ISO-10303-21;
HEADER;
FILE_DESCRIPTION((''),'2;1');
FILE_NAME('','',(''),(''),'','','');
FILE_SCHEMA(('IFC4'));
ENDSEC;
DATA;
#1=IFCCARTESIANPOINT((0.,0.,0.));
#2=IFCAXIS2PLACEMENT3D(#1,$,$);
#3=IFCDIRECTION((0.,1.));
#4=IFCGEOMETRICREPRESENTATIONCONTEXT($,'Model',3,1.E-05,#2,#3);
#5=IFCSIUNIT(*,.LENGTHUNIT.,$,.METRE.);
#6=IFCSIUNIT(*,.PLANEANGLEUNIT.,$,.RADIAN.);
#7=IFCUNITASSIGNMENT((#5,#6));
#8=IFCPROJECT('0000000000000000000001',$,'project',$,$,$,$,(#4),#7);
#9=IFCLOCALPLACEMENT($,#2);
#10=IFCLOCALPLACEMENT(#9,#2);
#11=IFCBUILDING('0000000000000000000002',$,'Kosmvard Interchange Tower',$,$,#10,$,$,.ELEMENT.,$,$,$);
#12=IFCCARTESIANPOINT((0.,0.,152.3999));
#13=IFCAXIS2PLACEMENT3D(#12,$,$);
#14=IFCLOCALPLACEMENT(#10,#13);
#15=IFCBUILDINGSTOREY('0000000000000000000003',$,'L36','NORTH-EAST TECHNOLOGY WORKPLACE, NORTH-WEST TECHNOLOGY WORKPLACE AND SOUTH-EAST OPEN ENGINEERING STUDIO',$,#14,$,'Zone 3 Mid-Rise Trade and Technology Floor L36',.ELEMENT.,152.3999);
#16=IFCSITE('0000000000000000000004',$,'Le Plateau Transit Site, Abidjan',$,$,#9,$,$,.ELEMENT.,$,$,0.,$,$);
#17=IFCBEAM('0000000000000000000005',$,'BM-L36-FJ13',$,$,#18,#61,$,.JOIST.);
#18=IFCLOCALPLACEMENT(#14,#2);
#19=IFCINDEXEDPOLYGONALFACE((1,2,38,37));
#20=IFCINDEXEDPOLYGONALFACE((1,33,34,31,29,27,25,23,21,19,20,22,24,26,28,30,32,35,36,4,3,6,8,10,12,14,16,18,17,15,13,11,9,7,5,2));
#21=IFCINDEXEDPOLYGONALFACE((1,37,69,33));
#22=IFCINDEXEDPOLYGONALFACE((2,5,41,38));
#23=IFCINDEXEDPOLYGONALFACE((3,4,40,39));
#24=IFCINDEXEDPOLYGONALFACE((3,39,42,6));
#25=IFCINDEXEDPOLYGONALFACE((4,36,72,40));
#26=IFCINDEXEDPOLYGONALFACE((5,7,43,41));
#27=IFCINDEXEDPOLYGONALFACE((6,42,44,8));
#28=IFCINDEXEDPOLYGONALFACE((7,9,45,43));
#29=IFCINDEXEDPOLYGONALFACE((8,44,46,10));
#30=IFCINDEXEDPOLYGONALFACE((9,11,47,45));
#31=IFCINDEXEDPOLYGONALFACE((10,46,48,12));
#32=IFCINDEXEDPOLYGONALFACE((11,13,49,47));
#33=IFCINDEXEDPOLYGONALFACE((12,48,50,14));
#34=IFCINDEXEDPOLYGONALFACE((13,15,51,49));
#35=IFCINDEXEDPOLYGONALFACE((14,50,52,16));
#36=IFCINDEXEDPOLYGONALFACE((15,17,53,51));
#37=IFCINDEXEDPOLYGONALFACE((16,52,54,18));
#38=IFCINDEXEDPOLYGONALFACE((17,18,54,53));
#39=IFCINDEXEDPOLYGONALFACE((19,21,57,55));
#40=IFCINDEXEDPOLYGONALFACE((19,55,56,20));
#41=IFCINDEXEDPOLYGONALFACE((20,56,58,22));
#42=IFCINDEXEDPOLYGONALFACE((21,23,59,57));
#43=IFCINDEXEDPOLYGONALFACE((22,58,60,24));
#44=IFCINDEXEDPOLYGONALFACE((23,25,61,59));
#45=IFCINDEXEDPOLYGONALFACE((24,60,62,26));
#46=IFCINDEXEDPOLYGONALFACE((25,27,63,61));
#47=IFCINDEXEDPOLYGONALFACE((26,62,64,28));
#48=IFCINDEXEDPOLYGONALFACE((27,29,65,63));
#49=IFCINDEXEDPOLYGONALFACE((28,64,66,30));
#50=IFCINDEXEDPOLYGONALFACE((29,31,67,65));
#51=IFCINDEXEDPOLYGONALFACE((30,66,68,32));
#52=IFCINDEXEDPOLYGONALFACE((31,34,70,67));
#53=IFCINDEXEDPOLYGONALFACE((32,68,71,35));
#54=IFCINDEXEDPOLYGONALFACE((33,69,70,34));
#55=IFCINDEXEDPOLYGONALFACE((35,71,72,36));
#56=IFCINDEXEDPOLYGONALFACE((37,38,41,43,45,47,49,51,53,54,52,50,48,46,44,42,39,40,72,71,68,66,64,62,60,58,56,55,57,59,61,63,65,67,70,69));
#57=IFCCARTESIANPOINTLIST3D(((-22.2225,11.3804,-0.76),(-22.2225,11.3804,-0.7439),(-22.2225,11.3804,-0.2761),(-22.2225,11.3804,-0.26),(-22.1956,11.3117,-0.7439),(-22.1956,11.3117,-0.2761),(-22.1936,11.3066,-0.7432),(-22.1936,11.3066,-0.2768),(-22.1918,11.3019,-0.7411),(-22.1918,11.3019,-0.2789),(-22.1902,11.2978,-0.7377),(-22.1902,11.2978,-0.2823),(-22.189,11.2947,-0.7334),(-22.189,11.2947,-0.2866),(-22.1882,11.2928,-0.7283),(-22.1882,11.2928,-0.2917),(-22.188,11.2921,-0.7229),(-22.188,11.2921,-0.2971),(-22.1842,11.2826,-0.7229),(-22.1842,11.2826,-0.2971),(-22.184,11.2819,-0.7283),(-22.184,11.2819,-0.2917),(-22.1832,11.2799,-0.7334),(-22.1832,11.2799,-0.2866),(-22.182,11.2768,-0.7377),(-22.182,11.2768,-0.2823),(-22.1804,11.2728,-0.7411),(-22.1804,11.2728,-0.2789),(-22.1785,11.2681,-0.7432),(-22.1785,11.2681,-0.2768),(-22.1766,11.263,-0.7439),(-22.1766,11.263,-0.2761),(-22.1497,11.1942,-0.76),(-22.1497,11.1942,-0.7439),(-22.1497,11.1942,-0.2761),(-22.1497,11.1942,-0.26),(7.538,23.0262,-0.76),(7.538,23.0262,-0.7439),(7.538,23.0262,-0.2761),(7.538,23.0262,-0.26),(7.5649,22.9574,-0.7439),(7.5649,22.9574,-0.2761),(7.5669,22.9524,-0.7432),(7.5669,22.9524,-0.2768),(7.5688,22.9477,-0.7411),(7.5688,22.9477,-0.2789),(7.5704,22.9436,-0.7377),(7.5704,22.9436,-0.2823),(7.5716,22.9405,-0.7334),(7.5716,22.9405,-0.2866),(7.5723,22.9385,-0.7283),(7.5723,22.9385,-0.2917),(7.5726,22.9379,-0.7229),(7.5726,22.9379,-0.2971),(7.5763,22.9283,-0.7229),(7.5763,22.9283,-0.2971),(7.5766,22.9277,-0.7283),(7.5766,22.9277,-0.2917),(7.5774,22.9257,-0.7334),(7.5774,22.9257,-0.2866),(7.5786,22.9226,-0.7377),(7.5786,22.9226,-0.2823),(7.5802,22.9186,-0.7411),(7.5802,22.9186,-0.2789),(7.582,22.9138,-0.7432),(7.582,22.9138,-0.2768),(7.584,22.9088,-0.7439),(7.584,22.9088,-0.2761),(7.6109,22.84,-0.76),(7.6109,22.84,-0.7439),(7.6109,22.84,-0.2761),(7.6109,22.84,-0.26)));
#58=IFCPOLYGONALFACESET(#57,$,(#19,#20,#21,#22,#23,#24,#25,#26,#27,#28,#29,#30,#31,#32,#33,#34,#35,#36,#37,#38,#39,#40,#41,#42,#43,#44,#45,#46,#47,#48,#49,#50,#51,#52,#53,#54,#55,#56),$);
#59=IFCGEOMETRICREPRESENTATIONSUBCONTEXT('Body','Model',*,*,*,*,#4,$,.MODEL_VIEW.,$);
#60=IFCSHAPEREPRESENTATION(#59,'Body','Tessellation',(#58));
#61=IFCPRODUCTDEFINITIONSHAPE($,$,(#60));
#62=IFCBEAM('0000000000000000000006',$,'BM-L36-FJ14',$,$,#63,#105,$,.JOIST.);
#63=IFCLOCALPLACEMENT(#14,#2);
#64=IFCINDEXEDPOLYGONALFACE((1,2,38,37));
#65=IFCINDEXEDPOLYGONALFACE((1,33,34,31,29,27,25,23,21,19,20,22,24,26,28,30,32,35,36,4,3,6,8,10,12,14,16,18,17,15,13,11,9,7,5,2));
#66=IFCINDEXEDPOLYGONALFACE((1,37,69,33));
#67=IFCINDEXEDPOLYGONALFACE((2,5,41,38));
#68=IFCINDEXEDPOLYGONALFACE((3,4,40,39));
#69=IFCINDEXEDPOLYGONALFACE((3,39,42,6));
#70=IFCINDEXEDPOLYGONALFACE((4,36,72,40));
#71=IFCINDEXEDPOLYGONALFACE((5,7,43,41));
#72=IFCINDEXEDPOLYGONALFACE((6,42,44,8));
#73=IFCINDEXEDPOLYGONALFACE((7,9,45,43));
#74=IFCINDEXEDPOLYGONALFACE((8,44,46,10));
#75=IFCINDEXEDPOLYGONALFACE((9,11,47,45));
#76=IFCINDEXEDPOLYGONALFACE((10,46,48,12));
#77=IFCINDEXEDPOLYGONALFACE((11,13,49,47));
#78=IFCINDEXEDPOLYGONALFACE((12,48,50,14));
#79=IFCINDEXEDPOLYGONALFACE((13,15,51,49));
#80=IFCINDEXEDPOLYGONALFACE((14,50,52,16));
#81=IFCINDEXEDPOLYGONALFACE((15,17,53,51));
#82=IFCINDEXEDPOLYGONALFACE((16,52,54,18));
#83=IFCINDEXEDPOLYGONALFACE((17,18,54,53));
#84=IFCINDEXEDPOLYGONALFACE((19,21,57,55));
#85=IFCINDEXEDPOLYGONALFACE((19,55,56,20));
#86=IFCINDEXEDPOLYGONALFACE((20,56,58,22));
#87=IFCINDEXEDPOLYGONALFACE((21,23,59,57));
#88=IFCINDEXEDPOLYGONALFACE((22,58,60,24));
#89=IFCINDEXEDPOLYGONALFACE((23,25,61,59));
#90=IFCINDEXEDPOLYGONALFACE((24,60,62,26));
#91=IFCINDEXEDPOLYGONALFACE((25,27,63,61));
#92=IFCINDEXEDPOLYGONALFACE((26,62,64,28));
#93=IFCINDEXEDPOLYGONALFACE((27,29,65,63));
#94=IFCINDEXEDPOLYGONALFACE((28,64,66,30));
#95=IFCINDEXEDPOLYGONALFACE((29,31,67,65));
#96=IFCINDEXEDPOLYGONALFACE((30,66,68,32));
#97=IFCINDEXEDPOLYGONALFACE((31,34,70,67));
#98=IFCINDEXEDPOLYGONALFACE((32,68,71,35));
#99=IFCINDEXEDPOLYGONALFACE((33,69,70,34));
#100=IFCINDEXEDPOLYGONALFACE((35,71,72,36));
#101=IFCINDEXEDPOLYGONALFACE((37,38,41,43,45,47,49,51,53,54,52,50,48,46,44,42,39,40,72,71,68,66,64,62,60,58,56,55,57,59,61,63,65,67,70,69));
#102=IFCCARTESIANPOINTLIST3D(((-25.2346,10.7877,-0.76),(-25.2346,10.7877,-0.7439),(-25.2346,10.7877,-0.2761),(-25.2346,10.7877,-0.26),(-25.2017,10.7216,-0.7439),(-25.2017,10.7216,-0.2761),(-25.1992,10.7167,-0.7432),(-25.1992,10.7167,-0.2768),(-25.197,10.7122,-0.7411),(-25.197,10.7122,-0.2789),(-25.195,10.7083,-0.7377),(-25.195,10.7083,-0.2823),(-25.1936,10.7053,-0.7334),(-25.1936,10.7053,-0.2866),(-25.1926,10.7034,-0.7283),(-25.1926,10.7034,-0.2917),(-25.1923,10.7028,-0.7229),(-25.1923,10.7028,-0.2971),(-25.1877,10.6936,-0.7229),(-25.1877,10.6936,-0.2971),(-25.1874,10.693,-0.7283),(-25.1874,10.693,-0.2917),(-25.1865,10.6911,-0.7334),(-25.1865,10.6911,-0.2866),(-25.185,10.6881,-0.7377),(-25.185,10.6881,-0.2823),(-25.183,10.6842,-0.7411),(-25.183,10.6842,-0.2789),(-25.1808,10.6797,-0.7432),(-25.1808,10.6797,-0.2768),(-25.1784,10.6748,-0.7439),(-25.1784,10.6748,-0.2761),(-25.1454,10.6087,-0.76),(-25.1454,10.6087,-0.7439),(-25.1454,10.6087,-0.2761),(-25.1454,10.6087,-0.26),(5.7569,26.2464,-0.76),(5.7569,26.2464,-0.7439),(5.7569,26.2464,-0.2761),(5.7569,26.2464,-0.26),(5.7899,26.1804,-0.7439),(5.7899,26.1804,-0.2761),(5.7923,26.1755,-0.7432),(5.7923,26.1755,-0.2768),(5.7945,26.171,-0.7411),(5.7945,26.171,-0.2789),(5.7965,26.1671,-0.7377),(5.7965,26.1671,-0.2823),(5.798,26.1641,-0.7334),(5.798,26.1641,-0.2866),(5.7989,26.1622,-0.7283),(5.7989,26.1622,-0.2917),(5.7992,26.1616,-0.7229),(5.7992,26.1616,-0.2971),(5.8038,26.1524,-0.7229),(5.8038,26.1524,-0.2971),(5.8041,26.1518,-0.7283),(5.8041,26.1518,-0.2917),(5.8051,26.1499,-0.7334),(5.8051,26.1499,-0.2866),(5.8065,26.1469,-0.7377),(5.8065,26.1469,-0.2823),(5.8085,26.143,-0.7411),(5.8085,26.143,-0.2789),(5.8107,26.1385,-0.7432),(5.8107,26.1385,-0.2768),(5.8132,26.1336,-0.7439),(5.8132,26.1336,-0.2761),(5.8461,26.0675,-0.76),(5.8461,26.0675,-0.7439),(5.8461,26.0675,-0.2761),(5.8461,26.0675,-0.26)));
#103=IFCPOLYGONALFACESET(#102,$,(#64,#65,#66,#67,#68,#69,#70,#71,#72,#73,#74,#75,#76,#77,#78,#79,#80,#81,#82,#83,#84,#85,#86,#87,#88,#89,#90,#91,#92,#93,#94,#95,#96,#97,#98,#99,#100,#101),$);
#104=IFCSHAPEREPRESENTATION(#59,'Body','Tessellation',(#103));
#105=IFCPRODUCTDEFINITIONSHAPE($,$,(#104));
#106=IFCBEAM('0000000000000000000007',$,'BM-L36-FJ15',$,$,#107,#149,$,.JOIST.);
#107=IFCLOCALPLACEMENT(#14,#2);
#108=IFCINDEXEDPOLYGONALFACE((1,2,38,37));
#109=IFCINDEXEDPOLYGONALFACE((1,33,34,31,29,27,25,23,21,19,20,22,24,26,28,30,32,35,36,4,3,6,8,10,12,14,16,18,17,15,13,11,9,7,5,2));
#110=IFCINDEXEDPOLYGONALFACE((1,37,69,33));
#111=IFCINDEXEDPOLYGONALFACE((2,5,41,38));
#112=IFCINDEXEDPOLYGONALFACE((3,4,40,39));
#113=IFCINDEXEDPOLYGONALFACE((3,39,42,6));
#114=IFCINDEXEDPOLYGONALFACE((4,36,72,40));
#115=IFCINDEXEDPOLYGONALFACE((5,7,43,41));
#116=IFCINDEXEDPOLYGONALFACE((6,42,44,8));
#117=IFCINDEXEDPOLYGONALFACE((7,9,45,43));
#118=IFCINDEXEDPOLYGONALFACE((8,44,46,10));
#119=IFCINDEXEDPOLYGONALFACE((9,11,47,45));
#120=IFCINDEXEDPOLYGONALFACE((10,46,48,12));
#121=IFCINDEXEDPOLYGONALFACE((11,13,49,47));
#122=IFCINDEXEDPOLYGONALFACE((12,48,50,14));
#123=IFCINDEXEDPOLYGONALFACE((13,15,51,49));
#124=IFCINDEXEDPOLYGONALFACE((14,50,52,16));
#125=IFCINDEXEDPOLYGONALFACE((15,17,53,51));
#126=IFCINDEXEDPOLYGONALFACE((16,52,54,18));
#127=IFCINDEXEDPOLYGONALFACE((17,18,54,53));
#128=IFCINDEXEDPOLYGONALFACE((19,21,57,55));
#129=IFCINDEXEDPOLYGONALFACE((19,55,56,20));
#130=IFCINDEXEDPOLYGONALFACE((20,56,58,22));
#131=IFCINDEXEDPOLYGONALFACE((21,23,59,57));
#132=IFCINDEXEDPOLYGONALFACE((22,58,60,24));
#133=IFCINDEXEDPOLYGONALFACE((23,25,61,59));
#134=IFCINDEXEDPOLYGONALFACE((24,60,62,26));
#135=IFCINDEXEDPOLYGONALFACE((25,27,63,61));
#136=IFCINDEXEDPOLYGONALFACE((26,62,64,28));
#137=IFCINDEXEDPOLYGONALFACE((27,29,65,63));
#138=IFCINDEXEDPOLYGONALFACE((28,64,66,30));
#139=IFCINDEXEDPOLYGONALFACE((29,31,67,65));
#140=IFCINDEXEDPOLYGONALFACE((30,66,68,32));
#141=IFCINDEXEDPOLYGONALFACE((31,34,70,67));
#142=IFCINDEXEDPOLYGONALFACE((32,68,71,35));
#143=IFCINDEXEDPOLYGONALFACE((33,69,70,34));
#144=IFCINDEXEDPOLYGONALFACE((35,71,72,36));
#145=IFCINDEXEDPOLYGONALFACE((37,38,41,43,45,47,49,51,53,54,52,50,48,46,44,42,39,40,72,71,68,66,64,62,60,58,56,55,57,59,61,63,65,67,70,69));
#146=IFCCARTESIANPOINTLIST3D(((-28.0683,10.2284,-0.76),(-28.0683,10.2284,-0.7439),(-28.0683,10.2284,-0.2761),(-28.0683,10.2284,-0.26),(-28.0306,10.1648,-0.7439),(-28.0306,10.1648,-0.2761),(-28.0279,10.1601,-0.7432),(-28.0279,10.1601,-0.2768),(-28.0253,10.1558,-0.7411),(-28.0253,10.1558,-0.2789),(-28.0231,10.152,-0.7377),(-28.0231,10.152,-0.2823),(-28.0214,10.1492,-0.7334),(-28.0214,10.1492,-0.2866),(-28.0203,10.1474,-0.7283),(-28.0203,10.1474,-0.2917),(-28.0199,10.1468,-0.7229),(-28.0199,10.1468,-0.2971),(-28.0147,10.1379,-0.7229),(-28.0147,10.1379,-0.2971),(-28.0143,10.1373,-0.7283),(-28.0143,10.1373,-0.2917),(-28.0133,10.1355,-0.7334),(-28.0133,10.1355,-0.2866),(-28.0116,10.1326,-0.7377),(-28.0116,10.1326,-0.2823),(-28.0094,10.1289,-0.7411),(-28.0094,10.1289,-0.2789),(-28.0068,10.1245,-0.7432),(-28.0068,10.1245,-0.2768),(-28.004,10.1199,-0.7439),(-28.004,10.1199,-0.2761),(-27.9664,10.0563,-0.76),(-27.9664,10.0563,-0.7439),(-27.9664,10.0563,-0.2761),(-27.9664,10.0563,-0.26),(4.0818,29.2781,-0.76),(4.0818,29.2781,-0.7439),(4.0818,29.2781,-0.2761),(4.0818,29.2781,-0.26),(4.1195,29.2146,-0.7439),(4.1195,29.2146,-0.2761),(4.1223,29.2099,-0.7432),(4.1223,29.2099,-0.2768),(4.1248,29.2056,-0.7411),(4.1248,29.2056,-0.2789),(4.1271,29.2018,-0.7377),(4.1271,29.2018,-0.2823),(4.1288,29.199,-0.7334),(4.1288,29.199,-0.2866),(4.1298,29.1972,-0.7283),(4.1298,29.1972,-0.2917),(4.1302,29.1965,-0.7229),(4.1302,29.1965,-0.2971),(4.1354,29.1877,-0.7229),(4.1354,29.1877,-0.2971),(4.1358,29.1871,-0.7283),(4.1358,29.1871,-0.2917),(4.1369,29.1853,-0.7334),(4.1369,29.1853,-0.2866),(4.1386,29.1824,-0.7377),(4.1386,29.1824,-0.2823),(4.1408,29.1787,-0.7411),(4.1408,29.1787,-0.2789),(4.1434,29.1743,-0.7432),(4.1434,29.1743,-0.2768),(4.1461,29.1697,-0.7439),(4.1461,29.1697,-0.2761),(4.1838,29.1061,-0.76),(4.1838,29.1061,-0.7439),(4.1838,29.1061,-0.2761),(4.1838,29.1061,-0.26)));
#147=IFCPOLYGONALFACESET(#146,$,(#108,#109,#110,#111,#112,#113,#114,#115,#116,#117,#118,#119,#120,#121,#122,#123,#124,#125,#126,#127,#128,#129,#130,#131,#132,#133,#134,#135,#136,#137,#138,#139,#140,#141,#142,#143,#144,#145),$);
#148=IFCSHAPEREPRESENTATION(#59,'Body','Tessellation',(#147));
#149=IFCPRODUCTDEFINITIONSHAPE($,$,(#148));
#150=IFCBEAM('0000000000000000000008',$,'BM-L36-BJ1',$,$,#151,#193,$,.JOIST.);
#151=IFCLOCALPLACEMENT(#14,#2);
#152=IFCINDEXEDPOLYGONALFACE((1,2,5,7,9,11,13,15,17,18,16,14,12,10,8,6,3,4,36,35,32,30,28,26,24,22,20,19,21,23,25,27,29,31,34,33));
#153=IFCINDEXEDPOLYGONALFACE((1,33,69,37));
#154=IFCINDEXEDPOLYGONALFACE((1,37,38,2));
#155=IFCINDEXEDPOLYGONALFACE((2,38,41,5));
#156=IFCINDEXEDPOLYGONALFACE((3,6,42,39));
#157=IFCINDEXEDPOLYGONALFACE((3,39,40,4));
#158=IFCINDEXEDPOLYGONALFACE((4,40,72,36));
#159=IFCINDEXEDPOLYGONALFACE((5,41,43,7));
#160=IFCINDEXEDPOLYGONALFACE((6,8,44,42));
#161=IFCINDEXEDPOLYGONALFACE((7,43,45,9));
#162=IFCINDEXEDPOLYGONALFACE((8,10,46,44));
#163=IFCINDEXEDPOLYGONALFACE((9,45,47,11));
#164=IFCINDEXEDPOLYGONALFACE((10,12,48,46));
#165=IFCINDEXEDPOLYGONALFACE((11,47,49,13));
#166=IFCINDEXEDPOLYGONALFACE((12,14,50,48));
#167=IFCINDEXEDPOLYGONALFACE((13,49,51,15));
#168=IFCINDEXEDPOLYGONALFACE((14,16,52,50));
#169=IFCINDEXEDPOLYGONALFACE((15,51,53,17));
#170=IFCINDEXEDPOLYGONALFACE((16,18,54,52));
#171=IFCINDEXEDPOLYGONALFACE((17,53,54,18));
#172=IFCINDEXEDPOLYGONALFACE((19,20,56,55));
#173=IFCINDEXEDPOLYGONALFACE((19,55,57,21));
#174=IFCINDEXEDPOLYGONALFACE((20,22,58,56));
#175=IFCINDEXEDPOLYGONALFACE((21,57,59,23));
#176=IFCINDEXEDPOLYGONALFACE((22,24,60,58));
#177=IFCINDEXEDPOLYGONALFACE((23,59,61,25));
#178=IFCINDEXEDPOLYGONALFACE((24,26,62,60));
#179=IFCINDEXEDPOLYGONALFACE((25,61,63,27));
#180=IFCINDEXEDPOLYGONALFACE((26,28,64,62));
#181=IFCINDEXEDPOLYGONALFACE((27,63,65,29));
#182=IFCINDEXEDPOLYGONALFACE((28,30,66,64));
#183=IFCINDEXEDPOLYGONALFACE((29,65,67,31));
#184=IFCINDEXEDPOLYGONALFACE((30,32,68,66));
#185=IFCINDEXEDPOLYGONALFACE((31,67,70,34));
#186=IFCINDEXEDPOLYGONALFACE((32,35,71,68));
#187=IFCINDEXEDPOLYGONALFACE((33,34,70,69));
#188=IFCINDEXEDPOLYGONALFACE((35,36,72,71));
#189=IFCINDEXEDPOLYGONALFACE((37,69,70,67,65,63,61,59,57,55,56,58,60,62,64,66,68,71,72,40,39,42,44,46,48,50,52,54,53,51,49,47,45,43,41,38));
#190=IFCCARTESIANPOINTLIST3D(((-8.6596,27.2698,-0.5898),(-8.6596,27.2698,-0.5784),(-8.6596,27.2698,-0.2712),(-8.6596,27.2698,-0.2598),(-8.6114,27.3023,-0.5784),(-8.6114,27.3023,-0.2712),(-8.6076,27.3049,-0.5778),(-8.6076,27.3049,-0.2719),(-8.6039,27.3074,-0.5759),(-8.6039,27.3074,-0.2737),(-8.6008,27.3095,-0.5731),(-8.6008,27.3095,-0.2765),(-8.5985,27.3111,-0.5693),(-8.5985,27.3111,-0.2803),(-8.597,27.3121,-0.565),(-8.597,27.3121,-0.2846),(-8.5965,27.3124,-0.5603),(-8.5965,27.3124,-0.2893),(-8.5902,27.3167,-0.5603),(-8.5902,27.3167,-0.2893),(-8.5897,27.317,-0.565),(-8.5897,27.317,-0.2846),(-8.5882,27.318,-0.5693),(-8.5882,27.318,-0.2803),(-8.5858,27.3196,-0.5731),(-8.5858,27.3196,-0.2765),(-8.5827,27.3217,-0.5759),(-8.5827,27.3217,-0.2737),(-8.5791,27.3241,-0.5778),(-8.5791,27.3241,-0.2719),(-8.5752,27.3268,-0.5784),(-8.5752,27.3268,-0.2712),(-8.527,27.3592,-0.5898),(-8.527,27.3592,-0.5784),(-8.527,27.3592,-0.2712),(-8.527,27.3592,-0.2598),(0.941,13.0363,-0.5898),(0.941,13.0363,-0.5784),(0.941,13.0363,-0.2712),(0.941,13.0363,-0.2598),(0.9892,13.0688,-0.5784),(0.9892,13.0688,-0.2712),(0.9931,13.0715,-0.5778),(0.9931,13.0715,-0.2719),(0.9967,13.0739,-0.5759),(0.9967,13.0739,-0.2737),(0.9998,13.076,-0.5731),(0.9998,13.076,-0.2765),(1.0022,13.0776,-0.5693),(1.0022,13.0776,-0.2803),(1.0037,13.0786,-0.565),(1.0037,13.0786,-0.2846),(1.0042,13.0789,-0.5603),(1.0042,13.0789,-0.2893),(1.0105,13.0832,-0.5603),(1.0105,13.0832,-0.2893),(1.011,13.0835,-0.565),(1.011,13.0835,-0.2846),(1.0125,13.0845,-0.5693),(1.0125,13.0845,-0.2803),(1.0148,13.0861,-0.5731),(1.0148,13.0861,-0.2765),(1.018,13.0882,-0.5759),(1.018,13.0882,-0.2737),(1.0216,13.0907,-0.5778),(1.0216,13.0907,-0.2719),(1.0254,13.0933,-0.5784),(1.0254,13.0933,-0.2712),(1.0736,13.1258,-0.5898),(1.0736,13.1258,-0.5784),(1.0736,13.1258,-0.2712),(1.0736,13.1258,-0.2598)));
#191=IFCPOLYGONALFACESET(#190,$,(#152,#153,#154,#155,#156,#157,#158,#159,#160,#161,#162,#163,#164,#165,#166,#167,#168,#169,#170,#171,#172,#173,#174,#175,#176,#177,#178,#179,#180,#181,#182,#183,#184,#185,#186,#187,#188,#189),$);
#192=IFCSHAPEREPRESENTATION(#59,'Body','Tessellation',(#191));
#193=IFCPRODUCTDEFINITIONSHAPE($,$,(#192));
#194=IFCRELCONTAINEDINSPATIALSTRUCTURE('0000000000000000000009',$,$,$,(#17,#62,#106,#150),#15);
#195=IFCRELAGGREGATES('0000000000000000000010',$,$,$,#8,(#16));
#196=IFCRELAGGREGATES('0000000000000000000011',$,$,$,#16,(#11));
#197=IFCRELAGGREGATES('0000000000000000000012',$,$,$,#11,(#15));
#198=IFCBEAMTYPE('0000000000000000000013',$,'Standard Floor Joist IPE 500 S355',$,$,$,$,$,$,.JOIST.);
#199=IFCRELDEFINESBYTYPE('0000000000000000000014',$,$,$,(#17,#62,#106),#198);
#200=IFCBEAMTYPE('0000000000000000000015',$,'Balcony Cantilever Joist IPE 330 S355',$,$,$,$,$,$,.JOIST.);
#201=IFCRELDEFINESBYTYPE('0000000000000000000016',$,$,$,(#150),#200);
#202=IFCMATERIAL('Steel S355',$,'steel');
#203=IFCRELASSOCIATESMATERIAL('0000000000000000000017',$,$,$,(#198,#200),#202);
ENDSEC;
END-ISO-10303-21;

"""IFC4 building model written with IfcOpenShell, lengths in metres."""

from ifc_helpers import new_model, si_unit, direction, frame, origin, origin_2d, place, context, subcontext, project, spatial, i_section, extrude, source, transform, mapped, material, material_profile, profile_set, type_object, element, save


model = new_model("IFC4")

# Units and contexts
model_context = context("Model", 3, precision=1e-05, world=origin(), true_north=direction((0.0, 1.0)))
body_context = subcontext(model_context, "Body", "Model", "MODEL_VIEW")
ifc_project = project(units=[si_unit("LENGTHUNIT", "METRE"), si_unit("PLANEANGLEUNIT", "RADIAN")], contexts=[model_context])

# Site, building, storey
site_placement = place(None, origin())
site = spatial("IfcSite", under=ifc_project, at=site_placement, Name="Le Plateau Transit Site, Abidjan", CompositionType="ELEMENT", RefElevation=0.0)
building_placement = place(site_placement, origin())
building = spatial("IfcBuilding", under=site, at=building_placement, Name="Kosmvard Interchange Tower", CompositionType="ELEMENT")
storey_placement = place(building_placement, frame((0.0, 0.0, 152.3999)))
storey = spatial("IfcBuildingStorey", under=building, at=storey_placement, Name="L36", Description="NORTH-EAST TECHNOLOGY WORKPLACE, NORTH-WEST TECHNOLOGY WORKPLACE AND SOUTH-EAST OPEN ENGINEERING STUDIO", LongName="Zone 3 Mid-Rise Trade and Technology Floor L36", CompositionType="ELEMENT", Elevation=152.3999)

# Beams
ifc_material_1 = material(Name="Steel S355", Category="steel")
ifc_material_profile_1 = material_profile(ifc_material_1, i_section(OverallWidth=0.2, OverallDepth=0.5, WebThickness=0.0103, FlangeThickness=0.0161, FilletRadius=0.021, at=origin_2d()), Name="IPE 500")
ifc_profile_set_1 = profile_set([ifc_material_profile_1], Name="Steel S355")
beam_type_1 = type_object("IfcBeamType", Name="Standard Floor Joist IPE 500 S355", PredefinedType="JOIST", material=ifc_profile_set_1)
shared_shape_1 = source(origin(), body_context, "Body", "SweptSolid", [
    extrude(i_section(OverallWidth=0.2, OverallDepth=0.5, WebThickness=0.0103, FlangeThickness=0.0161, FilletRadius=0.021, at=origin_2d()), origin(), (0.0, 0.0, 1.0), 31.958),
])
beam_1_placement = place(storey_placement, frame((7.5745, 22.9331, -0.51), z_axis=(-0.931239, -0.364409, 0.0), x_axis=(0.364409, -0.931239, 0.0)))
element("IfcBeam", 1, at=beam_1_placement, inside=storey, type_object=beam_type_1, Name="BM-L36-FJ13", PredefinedType="JOIST", context=body_context, shape_type="MappedRepresentation", body=[
    mapped(shared_shape_1, transform((0.0, 0.0, 0.0), scale=1.0)),
])
shared_shape_2 = source(origin(), body_context, "Body", "SweptSolid", [
    extrude(i_section(OverallWidth=0.2, OverallDepth=0.5, WebThickness=0.0103, FlangeThickness=0.0161, FilletRadius=0.021, at=origin_2d()), origin(), (0.0, 0.0, 1.0), 34.6331),
])
beam_2_placement = place(storey_placement, frame((5.8015, 26.157, -0.51), z_axis=(-0.894854, -0.446359, 0.0), x_axis=(0.446359, -0.894854, 0.0)))
element("IfcBeam", 2, at=beam_2_placement, inside=storey, type_object=beam_type_1, Name="BM-L36-FJ14", PredefinedType="JOIST", context=body_context, shape_type="MappedRepresentation", body=[
    mapped(shared_shape_2, transform((0.0, 0.0, 0.0), scale=1.0)),
])
shared_shape_3 = source(origin(), body_context, "Body", "SweptSolid", [
    extrude(i_section(OverallWidth=0.2, OverallDepth=0.5, WebThickness=0.0103, FlangeThickness=0.0161, FilletRadius=0.021, at=origin_2d()), origin(), (0.0, 0.0, 1.0), 37.3701),
])
beam_3_placement = place(storey_placement, frame((4.1328, 29.1921, -0.51), z_axis=(-0.860317, -0.50976, 0.0), x_axis=(0.50976, -0.860317, 0.0)))
element("IfcBeam", 3, at=beam_3_placement, inside=storey, type_object=beam_type_1, Name="BM-L36-FJ15", PredefinedType="JOIST", context=body_context, shape_type="MappedRepresentation", body=[
    mapped(shared_shape_3, transform((0.0, 0.0, 0.0), scale=1.0)),
])
ifc_material_profile_2 = material_profile(ifc_material_1, i_section(OverallWidth=0.1599, OverallDepth=0.3301, WebThickness=0.0076, FlangeThickness=0.0115, FilletRadius=0.0181, at=origin_2d()), Name="IPE 330")
ifc_profile_set_2 = profile_set([ifc_material_profile_2], Name="Steel S355")
beam_type_2 = type_object("IfcBeamType", Name="Balcony Cantilever Joist IPE 330 S355", PredefinedType="JOIST", material=ifc_profile_set_2)
shared_shape_4 = source(origin(), body_context, "Body", "SweptSolid", [
    extrude(i_section(OverallWidth=0.1599, OverallDepth=0.3301, WebThickness=0.0076, FlangeThickness=0.0115, FilletRadius=0.0181, at=origin_2d()), origin(), (0.0, 0.0, 1.0), 17.1687),
])
beam_4_placement = place(storey_placement, frame((1.0073, 13.0811, -0.4248), z_axis=(-0.559194, 0.829037, 0.0), x_axis=(-0.829037, -0.559194, 0.0)))
element("IfcBeam", 4, at=beam_4_placement, inside=storey, type_object=beam_type_2, Name="BM-L36-BJ1", PredefinedType="JOIST", context=body_context, shape_type="MappedRepresentation", body=[
    mapped(shared_shape_4, transform((0.0, 0.0, 0.0), scale=1.0)),
])

save(model, "model.ifc")
